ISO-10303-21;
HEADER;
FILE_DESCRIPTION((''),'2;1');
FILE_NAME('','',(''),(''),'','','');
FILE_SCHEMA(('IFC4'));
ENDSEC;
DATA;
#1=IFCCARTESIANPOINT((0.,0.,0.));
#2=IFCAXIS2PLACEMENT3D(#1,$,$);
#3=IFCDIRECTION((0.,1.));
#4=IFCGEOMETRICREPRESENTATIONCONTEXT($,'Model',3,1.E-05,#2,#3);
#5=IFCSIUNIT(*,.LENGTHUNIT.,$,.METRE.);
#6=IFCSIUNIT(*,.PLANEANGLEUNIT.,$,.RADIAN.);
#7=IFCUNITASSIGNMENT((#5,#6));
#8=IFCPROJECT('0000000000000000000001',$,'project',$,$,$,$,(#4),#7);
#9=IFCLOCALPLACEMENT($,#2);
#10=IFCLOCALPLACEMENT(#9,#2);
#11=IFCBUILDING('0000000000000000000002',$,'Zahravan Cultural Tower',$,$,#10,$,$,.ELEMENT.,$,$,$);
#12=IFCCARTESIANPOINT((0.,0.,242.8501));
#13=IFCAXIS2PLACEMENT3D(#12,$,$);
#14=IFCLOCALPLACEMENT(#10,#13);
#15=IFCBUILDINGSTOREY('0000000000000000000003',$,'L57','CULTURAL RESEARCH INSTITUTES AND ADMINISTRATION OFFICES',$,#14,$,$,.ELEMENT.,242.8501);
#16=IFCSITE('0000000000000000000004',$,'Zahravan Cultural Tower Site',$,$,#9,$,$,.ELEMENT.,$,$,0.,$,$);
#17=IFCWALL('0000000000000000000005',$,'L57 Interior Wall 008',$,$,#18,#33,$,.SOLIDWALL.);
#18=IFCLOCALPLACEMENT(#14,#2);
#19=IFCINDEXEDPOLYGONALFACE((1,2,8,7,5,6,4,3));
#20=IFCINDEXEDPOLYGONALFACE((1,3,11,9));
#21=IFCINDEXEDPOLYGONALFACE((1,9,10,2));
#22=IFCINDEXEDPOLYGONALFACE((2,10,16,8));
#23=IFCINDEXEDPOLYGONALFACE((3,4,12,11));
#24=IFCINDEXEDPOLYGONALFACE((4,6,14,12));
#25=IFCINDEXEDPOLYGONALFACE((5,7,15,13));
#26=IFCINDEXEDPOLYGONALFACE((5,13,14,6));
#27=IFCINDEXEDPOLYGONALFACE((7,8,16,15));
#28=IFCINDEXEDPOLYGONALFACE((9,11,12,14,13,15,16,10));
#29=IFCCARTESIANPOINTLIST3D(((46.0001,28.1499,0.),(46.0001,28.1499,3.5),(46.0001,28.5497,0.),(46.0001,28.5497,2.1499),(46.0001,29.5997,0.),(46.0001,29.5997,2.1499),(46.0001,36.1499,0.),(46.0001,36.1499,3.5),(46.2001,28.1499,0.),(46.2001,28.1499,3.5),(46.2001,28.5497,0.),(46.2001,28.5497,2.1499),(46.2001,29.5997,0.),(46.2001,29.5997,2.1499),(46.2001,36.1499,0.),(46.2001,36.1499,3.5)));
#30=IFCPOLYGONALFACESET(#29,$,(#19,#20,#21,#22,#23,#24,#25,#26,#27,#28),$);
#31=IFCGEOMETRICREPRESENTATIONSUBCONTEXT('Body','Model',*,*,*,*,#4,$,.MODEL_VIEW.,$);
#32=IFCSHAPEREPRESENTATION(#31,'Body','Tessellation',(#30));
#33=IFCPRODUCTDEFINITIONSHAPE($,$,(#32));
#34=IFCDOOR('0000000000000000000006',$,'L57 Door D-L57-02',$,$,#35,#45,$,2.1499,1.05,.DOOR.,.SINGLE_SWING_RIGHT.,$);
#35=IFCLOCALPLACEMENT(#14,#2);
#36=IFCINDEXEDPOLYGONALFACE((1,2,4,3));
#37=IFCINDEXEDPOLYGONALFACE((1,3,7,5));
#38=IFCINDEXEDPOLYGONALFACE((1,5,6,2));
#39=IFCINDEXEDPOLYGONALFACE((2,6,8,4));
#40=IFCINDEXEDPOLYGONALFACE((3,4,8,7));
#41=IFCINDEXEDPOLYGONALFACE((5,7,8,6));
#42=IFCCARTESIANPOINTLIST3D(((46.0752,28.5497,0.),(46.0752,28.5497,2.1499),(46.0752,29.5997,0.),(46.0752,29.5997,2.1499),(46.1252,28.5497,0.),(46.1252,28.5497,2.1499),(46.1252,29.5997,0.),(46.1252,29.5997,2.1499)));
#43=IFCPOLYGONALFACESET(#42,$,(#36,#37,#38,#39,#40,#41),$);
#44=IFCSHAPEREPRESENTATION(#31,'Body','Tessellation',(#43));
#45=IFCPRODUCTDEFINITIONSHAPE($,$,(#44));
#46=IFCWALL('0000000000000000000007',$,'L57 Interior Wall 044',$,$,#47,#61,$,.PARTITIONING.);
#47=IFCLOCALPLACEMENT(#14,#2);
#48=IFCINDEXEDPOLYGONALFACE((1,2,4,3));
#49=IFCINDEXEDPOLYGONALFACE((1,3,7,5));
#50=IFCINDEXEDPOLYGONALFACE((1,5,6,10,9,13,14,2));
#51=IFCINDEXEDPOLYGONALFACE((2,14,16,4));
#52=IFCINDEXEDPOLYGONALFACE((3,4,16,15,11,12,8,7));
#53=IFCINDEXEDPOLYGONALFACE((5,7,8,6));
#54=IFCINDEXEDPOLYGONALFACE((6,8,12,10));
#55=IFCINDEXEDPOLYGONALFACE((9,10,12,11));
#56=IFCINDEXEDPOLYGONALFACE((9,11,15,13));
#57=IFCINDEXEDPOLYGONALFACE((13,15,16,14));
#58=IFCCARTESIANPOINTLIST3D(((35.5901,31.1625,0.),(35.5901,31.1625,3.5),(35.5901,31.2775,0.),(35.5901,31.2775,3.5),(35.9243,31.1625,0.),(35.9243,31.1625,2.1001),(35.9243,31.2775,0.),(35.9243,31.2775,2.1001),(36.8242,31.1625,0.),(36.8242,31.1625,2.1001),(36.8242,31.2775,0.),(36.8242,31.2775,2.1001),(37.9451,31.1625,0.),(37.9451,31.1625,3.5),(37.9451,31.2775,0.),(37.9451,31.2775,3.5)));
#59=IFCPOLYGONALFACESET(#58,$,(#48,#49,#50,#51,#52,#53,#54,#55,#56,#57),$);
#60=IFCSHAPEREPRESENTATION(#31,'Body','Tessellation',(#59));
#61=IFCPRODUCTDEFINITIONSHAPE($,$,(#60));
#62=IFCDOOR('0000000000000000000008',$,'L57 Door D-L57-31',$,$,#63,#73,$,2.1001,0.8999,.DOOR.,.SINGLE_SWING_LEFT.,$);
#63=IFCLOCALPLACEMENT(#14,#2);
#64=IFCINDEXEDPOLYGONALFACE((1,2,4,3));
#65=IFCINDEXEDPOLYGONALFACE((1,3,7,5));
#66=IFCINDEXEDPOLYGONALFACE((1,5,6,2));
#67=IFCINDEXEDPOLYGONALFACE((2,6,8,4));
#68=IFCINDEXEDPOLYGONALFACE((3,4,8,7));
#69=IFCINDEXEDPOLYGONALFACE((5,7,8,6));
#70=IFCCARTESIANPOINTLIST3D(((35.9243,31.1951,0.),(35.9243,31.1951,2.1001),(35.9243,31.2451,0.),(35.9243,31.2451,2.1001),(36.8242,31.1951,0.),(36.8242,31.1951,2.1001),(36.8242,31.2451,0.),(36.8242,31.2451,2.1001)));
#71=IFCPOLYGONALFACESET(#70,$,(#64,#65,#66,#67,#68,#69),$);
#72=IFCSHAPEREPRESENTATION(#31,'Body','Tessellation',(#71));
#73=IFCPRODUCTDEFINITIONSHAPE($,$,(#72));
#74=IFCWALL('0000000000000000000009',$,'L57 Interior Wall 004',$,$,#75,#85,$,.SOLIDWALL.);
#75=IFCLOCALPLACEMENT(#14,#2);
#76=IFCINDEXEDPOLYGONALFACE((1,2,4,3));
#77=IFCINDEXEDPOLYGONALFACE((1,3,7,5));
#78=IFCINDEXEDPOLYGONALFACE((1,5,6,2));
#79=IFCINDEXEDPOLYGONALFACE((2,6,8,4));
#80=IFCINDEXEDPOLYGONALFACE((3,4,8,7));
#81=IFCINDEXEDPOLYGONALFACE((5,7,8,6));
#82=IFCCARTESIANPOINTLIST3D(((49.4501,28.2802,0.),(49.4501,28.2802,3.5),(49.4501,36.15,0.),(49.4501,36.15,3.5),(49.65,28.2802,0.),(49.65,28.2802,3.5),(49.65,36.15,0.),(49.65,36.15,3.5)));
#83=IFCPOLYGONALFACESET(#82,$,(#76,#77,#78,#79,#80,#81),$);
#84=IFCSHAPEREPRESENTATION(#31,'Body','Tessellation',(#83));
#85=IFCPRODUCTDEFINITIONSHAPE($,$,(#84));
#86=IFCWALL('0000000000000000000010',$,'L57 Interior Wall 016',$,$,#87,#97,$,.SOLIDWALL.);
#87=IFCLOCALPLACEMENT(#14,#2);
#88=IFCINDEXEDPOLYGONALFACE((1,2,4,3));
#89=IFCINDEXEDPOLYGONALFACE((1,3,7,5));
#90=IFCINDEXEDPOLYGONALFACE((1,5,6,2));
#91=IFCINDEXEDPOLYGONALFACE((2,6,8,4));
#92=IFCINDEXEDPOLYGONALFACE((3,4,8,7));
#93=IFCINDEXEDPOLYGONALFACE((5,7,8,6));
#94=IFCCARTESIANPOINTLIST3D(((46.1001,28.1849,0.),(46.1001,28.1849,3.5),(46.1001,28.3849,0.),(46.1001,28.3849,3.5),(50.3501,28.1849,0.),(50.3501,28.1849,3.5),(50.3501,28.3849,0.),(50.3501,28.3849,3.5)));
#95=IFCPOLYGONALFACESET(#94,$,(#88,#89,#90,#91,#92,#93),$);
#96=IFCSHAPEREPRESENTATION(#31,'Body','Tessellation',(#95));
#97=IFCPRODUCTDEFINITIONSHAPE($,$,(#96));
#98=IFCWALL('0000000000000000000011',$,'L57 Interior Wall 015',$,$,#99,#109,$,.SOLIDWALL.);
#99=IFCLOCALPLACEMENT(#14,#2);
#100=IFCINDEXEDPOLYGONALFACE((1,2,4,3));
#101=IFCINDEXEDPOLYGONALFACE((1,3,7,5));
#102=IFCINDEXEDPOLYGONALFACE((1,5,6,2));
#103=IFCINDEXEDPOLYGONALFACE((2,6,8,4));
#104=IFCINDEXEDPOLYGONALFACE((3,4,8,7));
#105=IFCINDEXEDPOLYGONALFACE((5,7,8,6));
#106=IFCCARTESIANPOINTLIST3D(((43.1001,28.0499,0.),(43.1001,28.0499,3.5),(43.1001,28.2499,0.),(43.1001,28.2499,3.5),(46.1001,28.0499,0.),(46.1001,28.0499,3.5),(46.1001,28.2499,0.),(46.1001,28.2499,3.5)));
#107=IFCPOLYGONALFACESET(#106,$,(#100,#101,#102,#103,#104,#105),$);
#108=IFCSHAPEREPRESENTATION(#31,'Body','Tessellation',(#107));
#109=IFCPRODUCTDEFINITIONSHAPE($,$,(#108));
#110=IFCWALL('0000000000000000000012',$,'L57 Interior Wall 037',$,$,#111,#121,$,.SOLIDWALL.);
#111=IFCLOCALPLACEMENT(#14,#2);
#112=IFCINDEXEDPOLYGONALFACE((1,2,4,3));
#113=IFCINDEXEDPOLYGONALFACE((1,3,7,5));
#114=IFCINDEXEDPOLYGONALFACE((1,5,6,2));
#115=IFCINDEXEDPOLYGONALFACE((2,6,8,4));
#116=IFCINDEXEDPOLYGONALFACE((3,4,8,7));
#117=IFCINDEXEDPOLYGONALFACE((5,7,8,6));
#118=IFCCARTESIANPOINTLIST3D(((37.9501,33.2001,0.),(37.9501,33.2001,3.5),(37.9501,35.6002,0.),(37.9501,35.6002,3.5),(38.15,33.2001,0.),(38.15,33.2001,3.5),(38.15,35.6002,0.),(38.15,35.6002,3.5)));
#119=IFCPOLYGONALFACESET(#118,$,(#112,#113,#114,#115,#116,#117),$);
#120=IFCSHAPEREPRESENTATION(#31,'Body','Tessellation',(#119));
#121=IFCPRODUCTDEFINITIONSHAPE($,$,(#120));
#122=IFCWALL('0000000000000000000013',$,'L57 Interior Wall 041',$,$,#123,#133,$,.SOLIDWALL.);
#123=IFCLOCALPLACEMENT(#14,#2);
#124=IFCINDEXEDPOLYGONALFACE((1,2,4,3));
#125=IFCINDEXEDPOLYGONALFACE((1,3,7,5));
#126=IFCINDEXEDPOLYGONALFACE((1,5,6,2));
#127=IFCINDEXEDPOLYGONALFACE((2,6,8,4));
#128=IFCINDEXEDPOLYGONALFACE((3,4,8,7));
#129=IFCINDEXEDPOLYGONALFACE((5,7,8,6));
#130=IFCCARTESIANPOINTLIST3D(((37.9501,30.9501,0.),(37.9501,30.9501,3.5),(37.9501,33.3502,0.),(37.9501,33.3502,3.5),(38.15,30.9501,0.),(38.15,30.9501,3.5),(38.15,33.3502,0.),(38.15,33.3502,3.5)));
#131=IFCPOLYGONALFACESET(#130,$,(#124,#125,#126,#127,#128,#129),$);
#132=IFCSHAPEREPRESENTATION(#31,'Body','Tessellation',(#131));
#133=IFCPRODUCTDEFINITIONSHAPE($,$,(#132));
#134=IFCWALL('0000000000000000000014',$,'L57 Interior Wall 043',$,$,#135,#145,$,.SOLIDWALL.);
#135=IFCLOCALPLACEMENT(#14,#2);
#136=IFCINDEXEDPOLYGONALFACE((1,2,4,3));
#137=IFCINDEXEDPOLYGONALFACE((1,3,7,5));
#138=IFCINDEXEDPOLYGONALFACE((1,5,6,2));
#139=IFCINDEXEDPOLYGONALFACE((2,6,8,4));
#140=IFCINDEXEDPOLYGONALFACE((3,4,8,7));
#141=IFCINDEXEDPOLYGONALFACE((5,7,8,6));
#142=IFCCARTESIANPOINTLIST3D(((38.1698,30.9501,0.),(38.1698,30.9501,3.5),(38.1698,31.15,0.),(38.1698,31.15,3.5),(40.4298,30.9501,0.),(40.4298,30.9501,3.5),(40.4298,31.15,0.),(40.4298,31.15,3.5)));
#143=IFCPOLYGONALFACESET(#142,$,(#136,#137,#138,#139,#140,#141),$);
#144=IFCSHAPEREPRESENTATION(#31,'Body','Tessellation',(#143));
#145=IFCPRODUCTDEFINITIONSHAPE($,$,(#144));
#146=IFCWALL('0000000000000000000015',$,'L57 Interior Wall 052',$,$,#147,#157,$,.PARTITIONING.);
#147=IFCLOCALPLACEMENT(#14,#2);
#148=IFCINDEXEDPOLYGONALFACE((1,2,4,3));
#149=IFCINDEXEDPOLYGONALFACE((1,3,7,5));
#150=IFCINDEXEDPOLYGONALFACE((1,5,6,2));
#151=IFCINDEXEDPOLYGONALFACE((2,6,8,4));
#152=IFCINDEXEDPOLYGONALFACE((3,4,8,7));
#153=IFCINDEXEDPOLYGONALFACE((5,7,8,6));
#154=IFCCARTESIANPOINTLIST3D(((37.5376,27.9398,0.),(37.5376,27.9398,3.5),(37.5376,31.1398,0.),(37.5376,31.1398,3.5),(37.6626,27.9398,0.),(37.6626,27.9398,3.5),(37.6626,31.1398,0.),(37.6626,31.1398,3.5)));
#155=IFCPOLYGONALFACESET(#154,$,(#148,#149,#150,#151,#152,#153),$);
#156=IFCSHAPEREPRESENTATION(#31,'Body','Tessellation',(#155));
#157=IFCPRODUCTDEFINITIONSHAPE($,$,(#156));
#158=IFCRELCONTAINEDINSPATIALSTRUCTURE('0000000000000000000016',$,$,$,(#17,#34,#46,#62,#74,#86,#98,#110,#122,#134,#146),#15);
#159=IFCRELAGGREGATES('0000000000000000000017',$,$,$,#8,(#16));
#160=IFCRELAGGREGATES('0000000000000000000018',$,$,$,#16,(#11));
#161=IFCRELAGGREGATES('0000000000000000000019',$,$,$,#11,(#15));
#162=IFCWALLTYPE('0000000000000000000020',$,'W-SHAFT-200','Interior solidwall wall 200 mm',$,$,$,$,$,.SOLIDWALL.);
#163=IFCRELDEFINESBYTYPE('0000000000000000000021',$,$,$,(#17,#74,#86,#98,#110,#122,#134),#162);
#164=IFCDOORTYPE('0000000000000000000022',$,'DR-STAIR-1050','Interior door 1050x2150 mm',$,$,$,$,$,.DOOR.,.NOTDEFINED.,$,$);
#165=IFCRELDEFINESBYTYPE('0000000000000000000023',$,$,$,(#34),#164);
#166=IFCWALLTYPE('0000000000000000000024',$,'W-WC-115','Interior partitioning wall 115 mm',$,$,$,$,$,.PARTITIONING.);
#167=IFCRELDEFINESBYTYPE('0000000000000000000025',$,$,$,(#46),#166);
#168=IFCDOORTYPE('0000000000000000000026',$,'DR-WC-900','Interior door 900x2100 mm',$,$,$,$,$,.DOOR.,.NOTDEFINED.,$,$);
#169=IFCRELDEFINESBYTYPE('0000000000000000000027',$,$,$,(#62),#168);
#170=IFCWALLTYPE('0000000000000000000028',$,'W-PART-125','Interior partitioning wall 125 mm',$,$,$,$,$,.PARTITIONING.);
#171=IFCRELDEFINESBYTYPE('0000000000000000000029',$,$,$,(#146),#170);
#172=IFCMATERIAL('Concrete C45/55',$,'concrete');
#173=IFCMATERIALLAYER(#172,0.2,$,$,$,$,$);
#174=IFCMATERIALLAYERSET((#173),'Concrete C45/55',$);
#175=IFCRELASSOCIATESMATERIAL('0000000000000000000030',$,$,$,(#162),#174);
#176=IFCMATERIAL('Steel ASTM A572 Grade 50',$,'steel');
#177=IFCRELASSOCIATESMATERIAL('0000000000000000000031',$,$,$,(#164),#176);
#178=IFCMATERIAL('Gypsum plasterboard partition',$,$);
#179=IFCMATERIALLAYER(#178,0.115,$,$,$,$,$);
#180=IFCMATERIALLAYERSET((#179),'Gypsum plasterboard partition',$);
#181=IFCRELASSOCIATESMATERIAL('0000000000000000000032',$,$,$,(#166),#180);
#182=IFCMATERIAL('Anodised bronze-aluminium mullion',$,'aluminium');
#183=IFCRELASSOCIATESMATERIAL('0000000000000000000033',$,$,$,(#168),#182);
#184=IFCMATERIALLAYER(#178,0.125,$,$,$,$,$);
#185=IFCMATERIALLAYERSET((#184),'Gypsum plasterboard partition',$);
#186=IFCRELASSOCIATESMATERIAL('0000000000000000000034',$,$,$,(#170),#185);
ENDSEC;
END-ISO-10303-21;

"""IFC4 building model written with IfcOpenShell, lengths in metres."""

from ifc_helpers import new_model, si_unit, direction, frame, frame_2d, origin, place, context, subcontext, project, spatial, rectangle, extrude, source, transform, mapped, material, layer, layer_set, type_object, element, fill, save


model = new_model("IFC4")

# Units and contexts
model_context = context("Model", 3, precision=1e-05, world=origin(), true_north=direction((0.0, 1.0)))
body_context = subcontext(model_context, "Body", "Model", "MODEL_VIEW")
ifc_project = project(units=[si_unit("LENGTHUNIT", "METRE"), si_unit("PLANEANGLEUNIT", "RADIAN")], contexts=[model_context])

# Site, building, storey
site_placement = place(None, origin())
site = spatial("IfcSite", under=ifc_project, at=site_placement, Name="Zahravan Cultural Tower Site", CompositionType="ELEMENT", RefElevation=0.0)
building_placement = place(site_placement, origin())
building = spatial("IfcBuilding", under=site, at=building_placement, Name="Zahravan Cultural Tower", CompositionType="ELEMENT")
storey_placement = place(building_placement, frame((0.0, 0.0, 242.8501)))
storey = spatial("IfcBuildingStorey", under=building, at=storey_placement, Name="L57", Description="CULTURAL RESEARCH INSTITUTES AND ADMINISTRATION OFFICES", CompositionType="ELEMENT", Elevation=242.8501)

# Walls, openings, doors
ifc_material_1 = material(Name="Concrete C45/55", Category="concrete")
ifc_layer_1 = layer(ifc_material_1, 0.2)
ifc_layer_set_1 = layer_set([ifc_layer_1], Name="Concrete C45/55")
wall_type_1 = type_object("IfcWallType", Name="W-SHAFT-200", Description="Interior solidwall wall 200 mm", PredefinedType="SOLIDWALL", material=ifc_layer_set_1)
wall_1_placement = place(storey_placement, frame((46.1001, 28.1499, 0.0), z_axis=(0.0, 0.0, 1.0), x_axis=(0.0, 1.0, 0.0)))
wall_1 = element("IfcWall", 1, at=wall_1_placement, inside=storey, type_object=wall_type_1, Name="L57 Interior Wall 008", PredefinedType="SOLIDWALL", context=body_context, shape_type="SweptSolid", body=[
    extrude(rectangle(XDim=8.0, YDim=0.2, at=frame_2d((4.0, 0.0))), origin(), (0.0, 0.0, 1.0), 3.5),
])
opening_1_placement = place(wall_1_placement, frame((0.3999, 0.0, 0.0)))
opening_1 = element("IfcOpeningElement", 2, at=opening_1_placement, cuts=wall_1, PredefinedType="OPENING", context=body_context, shape_type="SweptSolid", body=[
    extrude(rectangle(XDim=1.05, YDim=2.1499, at=frame_2d((0.5249, 1.075))), frame((0.0, 0.1099, 0.0), z_axis=(0.0, -1.0, 0.0), x_axis=(1.0, 0.0, 0.0)), (0.0, 0.0, 1.0), 0.22),
])
ifc_material_2 = material(Name="Steel ASTM A572 Grade 50", Category="steel")
door_type_1 = type_object("IfcDoorType", Name="DR-STAIR-1050", Description="Interior door 1050x2150 mm", OperationType="NOTDEFINED", PredefinedType="DOOR", material=ifc_material_2)
shared_shape_1 = source(origin(), body_context, "Body", "SweptSolid", [
    extrude(rectangle(XDim=1.05, YDim=2.1499, at=frame_2d((0.5249, 1.075))), frame((0.0, 0.0249, 0.0), z_axis=(0.0, -1.0, 0.0), x_axis=(1.0, 0.0, 0.0)), (0.0, 0.0, 1.0), 0.05),
])
door_1_placement = place(opening_1_placement, origin())
door_1 = element("IfcDoor", 3, at=door_1_placement, inside=storey, type_object=door_type_1, Name="L57 Door D-L57-02", OperationType="SINGLE_SWING_RIGHT", OverallHeight=2.1499, OverallWidth=1.05, PredefinedType="DOOR", context=body_context, shape_type="MappedRepresentation", body=[
    mapped(shared_shape_1, transform((0.0, 0.0, 0.0), x_axis=(1.0, 0.0, 0.0), y_axis=(0.0, 1.0, 0.0), z_axis=(0.0, 0.0, 1.0), scale=1.0)),
])
fill(opening_1, door_1)
ifc_material_3 = material(Name="Gypsum plasterboard partition")
ifc_layer_2 = layer(ifc_material_3, 0.115)
ifc_layer_set_2 = layer_set([ifc_layer_2], Name="Gypsum plasterboard partition")
wall_type_2 = type_object("IfcWallType", Name="W-WC-115", Description="Interior partitioning wall 115 mm", PredefinedType="PARTITIONING", material=ifc_layer_set_2)
wall_2_placement = place(storey_placement, frame((37.9451, 31.22, 0.0), z_axis=(0.0, 0.0, 1.0), x_axis=(-1.0, 0.0, 0.0)))
wall_2 = element("IfcWall", 4, at=wall_2_placement, inside=storey, type_object=wall_type_2, Name="L57 Interior Wall 044", PredefinedType="PARTITIONING", context=body_context, shape_type="SweptSolid", body=[
    extrude(rectangle(XDim=2.355, YDim=0.115, at=frame_2d((1.1775, 0.0))), origin(), (0.0, 0.0, 1.0), 3.5),
])
opening_2_placement = place(wall_2_placement, frame((1.1208, 0.0, 0.0)))
opening_2 = element("IfcOpeningElement", 5, at=opening_2_placement, cuts=wall_2, PredefinedType="OPENING", context=body_context, shape_type="SweptSolid", body=[
    extrude(rectangle(XDim=0.8999, YDim=2.1001, at=frame_2d((0.45, 1.05))), frame((0.0, 0.0674, 0.0), z_axis=(0.0, -1.0, 0.0), x_axis=(1.0, 0.0, 0.0)), (0.0, 0.0, 1.0), 0.135),
])
ifc_material_4 = material(Name="Anodised bronze-aluminium mullion", Category="aluminium")
door_type_2 = type_object("IfcDoorType", Name="DR-WC-900", Description="Interior door 900x2100 mm", OperationType="NOTDEFINED", PredefinedType="DOOR", material=ifc_material_4)
shared_shape_2 = source(origin(), body_context, "Body", "SweptSolid", [
    extrude(rectangle(XDim=0.8999, YDim=2.1001, at=frame_2d((0.45, 1.05))), frame((0.0, 0.0249, 0.0), z_axis=(0.0, -1.0, 0.0), x_axis=(1.0, 0.0, 0.0)), (0.0, 0.0, 1.0), 0.05),
])
door_2_placement = place(opening_2_placement, origin())
door_2 = element("IfcDoor", 6, at=door_2_placement, inside=storey, type_object=door_type_2, Name="L57 Door D-L57-31", OperationType="SINGLE_SWING_LEFT", OverallHeight=2.1001, OverallWidth=0.8999, PredefinedType="DOOR", context=body_context, shape_type="MappedRepresentation", body=[
    mapped(shared_shape_2, transform((0.0, 0.0, 0.0), x_axis=(1.0, 0.0, 0.0), y_axis=(0.0, 1.0, 0.0), z_axis=(0.0, 0.0, 1.0), scale=1.0)),
])
fill(opening_2, door_2)

# Walls
shared_shape_3 = source(origin(), body_context, "Body", "SweptSolid", [
    extrude(rectangle(XDim=7.8699, YDim=0.2, at=frame_2d((3.9351, 0.0))), origin(), (0.0, 0.0, 1.0), 3.5),
])
wall_3_placement = place(storey_placement, frame((49.55, 28.28, 0.0), z_axis=(0.0, 0.0, 1.0), x_axis=(0.0, 1.0, 0.0)))
element("IfcWall", 7, at=wall_3_placement, inside=storey, type_object=wall_type_1, Name="L57 Interior Wall 004", PredefinedType="SOLIDWALL", context=body_context, shape_type="MappedRepresentation", body=[
    mapped(shared_shape_3, transform((0.0, 0.0, 0.0), x_axis=(1.0, 0.0, 0.0), y_axis=(0.0, 1.0, 0.0), z_axis=(0.0, 0.0, 1.0), scale=1.0)),
])
shared_shape_4 = source(origin(), body_context, "Body", "SweptSolid", [
    extrude(rectangle(XDim=4.25, YDim=0.2, at=frame_2d((2.125, 0.0))), origin(), (0.0, 0.0, 1.0), 3.5),
])
wall_4_placement = place(storey_placement, frame((46.1001, 28.2849, 0.0), z_axis=(0.0, 0.0, 1.0), x_axis=(1.0, 0.0, 0.0)))
element("IfcWall", 8, at=wall_4_placement, inside=storey, type_object=wall_type_1, Name="L57 Interior Wall 016", PredefinedType="SOLIDWALL", context=body_context, shape_type="MappedRepresentation", body=[
    mapped(shared_shape_4, transform((0.0, 0.0, 0.0), x_axis=(1.0, 0.0, 0.0), y_axis=(0.0, 1.0, 0.0), z_axis=(0.0, 0.0, 1.0), scale=1.0)),
])
shared_shape_5 = source(origin(), body_context, "Body", "SweptSolid", [
    extrude(rectangle(XDim=3.0, YDim=0.2, at=frame_2d((1.5, 0.0))), origin(), (0.0, 0.0, 1.0), 3.5),
])
wall_5_placement = place(storey_placement, frame((43.1001, 28.1499, 0.0), z_axis=(0.0, 0.0, 1.0), x_axis=(1.0, 0.0, 0.0)))
element("IfcWall", 9, at=wall_5_placement, inside=storey, type_object=wall_type_1, Name="L57 Interior Wall 015", PredefinedType="SOLIDWALL", context=body_context, shape_type="MappedRepresentation", body=[
    mapped(shared_shape_5, transform((0.0, 0.0, 0.0), x_axis=(1.0, 0.0, 0.0), y_axis=(0.0, 1.0, 0.0), z_axis=(0.0, 0.0, 1.0), scale=1.0)),
])
shared_shape_6 = source(origin(), body_context, "Body", "SweptSolid", [
    extrude(rectangle(XDim=2.4001, YDim=0.2, at=frame_2d((1.2002, 0.0))), origin(), (0.0, 0.0, 1.0), 3.5),
])
for number, where, z_axis, x_axis, name in (
    (10, (38.05, 33.2, 0.0), (0.0, 0.0, 1.0), (0.0, 1.0, 0.0), "L57 Interior Wall 037"),
    (11, (38.05, 30.95, 0.0), (0.0, 0.0, 1.0), (0.0, 1.0, 0.0), "L57 Interior Wall 041"),
):
    element("IfcWall", number, at=place(storey_placement, frame(where, z_axis=z_axis, x_axis=x_axis)), inside=storey, type_object=wall_type_1, Name=name, PredefinedType="SOLIDWALL", context=body_context, shape_type="MappedRepresentation", body=[
        mapped(shared_shape_6, transform((0.0, 0.0, 0.0), x_axis=(1.0, 0.0, 0.0), y_axis=(0.0, 1.0, 0.0), z_axis=(0.0, 0.0, 1.0), scale=1.0)),
    ])
shared_shape_7 = source(origin(), body_context, "Body", "SweptSolid", [
    extrude(rectangle(XDim=2.26, YDim=0.2, at=frame_2d((1.1299, 0.0))), origin(), (0.0, 0.0, 1.0), 3.5),
])
wall_6_placement = place(storey_placement, frame((38.1699, 31.05, 0.0), z_axis=(0.0, 0.0, 1.0), x_axis=(1.0, 0.0, 0.0)))
element("IfcWall", 12, at=wall_6_placement, inside=storey, type_object=wall_type_1, Name="L57 Interior Wall 043", PredefinedType="SOLIDWALL", context=body_context, shape_type="MappedRepresentation", body=[
    mapped(shared_shape_7, transform((0.0, 0.0, 0.0), x_axis=(1.0, 0.0, 0.0), y_axis=(0.0, 1.0, 0.0), z_axis=(0.0, 0.0, 1.0), scale=1.0)),
])
ifc_layer_3 = layer(ifc_material_3, 0.125)
ifc_layer_set_3 = layer_set([ifc_layer_3], Name="Gypsum plasterboard partition")
wall_type_3 = type_object("IfcWallType", Name="W-PART-125", Description="Interior partitioning wall 125 mm", PredefinedType="PARTITIONING", material=ifc_layer_set_3)
shared_shape_8 = source(origin(), body_context, "Body", "SweptSolid", [
    extrude(rectangle(XDim=3.2, YDim=0.125, at=frame_2d((1.6001, 0.0))), origin(), (0.0, 0.0, 1.0), 3.5),
])
wall_7_placement = place(storey_placement, frame((37.6001, 31.1399, 0.0), z_axis=(0.0, 0.0, 1.0), x_axis=(0.0, -1.0, 0.0)))
element("IfcWall", 13, at=wall_7_placement, inside=storey, type_object=wall_type_3, Name="L57 Interior Wall 052", PredefinedType="PARTITIONING", context=body_context, shape_type="MappedRepresentation", body=[
    mapped(shared_shape_8, transform((0.0, 0.0, 0.0), x_axis=(1.0, 0.0, 0.0), y_axis=(0.0, 1.0, 0.0), z_axis=(0.0, 0.0, 1.0), scale=1.0)),
])

save(model, "model.ifc")
